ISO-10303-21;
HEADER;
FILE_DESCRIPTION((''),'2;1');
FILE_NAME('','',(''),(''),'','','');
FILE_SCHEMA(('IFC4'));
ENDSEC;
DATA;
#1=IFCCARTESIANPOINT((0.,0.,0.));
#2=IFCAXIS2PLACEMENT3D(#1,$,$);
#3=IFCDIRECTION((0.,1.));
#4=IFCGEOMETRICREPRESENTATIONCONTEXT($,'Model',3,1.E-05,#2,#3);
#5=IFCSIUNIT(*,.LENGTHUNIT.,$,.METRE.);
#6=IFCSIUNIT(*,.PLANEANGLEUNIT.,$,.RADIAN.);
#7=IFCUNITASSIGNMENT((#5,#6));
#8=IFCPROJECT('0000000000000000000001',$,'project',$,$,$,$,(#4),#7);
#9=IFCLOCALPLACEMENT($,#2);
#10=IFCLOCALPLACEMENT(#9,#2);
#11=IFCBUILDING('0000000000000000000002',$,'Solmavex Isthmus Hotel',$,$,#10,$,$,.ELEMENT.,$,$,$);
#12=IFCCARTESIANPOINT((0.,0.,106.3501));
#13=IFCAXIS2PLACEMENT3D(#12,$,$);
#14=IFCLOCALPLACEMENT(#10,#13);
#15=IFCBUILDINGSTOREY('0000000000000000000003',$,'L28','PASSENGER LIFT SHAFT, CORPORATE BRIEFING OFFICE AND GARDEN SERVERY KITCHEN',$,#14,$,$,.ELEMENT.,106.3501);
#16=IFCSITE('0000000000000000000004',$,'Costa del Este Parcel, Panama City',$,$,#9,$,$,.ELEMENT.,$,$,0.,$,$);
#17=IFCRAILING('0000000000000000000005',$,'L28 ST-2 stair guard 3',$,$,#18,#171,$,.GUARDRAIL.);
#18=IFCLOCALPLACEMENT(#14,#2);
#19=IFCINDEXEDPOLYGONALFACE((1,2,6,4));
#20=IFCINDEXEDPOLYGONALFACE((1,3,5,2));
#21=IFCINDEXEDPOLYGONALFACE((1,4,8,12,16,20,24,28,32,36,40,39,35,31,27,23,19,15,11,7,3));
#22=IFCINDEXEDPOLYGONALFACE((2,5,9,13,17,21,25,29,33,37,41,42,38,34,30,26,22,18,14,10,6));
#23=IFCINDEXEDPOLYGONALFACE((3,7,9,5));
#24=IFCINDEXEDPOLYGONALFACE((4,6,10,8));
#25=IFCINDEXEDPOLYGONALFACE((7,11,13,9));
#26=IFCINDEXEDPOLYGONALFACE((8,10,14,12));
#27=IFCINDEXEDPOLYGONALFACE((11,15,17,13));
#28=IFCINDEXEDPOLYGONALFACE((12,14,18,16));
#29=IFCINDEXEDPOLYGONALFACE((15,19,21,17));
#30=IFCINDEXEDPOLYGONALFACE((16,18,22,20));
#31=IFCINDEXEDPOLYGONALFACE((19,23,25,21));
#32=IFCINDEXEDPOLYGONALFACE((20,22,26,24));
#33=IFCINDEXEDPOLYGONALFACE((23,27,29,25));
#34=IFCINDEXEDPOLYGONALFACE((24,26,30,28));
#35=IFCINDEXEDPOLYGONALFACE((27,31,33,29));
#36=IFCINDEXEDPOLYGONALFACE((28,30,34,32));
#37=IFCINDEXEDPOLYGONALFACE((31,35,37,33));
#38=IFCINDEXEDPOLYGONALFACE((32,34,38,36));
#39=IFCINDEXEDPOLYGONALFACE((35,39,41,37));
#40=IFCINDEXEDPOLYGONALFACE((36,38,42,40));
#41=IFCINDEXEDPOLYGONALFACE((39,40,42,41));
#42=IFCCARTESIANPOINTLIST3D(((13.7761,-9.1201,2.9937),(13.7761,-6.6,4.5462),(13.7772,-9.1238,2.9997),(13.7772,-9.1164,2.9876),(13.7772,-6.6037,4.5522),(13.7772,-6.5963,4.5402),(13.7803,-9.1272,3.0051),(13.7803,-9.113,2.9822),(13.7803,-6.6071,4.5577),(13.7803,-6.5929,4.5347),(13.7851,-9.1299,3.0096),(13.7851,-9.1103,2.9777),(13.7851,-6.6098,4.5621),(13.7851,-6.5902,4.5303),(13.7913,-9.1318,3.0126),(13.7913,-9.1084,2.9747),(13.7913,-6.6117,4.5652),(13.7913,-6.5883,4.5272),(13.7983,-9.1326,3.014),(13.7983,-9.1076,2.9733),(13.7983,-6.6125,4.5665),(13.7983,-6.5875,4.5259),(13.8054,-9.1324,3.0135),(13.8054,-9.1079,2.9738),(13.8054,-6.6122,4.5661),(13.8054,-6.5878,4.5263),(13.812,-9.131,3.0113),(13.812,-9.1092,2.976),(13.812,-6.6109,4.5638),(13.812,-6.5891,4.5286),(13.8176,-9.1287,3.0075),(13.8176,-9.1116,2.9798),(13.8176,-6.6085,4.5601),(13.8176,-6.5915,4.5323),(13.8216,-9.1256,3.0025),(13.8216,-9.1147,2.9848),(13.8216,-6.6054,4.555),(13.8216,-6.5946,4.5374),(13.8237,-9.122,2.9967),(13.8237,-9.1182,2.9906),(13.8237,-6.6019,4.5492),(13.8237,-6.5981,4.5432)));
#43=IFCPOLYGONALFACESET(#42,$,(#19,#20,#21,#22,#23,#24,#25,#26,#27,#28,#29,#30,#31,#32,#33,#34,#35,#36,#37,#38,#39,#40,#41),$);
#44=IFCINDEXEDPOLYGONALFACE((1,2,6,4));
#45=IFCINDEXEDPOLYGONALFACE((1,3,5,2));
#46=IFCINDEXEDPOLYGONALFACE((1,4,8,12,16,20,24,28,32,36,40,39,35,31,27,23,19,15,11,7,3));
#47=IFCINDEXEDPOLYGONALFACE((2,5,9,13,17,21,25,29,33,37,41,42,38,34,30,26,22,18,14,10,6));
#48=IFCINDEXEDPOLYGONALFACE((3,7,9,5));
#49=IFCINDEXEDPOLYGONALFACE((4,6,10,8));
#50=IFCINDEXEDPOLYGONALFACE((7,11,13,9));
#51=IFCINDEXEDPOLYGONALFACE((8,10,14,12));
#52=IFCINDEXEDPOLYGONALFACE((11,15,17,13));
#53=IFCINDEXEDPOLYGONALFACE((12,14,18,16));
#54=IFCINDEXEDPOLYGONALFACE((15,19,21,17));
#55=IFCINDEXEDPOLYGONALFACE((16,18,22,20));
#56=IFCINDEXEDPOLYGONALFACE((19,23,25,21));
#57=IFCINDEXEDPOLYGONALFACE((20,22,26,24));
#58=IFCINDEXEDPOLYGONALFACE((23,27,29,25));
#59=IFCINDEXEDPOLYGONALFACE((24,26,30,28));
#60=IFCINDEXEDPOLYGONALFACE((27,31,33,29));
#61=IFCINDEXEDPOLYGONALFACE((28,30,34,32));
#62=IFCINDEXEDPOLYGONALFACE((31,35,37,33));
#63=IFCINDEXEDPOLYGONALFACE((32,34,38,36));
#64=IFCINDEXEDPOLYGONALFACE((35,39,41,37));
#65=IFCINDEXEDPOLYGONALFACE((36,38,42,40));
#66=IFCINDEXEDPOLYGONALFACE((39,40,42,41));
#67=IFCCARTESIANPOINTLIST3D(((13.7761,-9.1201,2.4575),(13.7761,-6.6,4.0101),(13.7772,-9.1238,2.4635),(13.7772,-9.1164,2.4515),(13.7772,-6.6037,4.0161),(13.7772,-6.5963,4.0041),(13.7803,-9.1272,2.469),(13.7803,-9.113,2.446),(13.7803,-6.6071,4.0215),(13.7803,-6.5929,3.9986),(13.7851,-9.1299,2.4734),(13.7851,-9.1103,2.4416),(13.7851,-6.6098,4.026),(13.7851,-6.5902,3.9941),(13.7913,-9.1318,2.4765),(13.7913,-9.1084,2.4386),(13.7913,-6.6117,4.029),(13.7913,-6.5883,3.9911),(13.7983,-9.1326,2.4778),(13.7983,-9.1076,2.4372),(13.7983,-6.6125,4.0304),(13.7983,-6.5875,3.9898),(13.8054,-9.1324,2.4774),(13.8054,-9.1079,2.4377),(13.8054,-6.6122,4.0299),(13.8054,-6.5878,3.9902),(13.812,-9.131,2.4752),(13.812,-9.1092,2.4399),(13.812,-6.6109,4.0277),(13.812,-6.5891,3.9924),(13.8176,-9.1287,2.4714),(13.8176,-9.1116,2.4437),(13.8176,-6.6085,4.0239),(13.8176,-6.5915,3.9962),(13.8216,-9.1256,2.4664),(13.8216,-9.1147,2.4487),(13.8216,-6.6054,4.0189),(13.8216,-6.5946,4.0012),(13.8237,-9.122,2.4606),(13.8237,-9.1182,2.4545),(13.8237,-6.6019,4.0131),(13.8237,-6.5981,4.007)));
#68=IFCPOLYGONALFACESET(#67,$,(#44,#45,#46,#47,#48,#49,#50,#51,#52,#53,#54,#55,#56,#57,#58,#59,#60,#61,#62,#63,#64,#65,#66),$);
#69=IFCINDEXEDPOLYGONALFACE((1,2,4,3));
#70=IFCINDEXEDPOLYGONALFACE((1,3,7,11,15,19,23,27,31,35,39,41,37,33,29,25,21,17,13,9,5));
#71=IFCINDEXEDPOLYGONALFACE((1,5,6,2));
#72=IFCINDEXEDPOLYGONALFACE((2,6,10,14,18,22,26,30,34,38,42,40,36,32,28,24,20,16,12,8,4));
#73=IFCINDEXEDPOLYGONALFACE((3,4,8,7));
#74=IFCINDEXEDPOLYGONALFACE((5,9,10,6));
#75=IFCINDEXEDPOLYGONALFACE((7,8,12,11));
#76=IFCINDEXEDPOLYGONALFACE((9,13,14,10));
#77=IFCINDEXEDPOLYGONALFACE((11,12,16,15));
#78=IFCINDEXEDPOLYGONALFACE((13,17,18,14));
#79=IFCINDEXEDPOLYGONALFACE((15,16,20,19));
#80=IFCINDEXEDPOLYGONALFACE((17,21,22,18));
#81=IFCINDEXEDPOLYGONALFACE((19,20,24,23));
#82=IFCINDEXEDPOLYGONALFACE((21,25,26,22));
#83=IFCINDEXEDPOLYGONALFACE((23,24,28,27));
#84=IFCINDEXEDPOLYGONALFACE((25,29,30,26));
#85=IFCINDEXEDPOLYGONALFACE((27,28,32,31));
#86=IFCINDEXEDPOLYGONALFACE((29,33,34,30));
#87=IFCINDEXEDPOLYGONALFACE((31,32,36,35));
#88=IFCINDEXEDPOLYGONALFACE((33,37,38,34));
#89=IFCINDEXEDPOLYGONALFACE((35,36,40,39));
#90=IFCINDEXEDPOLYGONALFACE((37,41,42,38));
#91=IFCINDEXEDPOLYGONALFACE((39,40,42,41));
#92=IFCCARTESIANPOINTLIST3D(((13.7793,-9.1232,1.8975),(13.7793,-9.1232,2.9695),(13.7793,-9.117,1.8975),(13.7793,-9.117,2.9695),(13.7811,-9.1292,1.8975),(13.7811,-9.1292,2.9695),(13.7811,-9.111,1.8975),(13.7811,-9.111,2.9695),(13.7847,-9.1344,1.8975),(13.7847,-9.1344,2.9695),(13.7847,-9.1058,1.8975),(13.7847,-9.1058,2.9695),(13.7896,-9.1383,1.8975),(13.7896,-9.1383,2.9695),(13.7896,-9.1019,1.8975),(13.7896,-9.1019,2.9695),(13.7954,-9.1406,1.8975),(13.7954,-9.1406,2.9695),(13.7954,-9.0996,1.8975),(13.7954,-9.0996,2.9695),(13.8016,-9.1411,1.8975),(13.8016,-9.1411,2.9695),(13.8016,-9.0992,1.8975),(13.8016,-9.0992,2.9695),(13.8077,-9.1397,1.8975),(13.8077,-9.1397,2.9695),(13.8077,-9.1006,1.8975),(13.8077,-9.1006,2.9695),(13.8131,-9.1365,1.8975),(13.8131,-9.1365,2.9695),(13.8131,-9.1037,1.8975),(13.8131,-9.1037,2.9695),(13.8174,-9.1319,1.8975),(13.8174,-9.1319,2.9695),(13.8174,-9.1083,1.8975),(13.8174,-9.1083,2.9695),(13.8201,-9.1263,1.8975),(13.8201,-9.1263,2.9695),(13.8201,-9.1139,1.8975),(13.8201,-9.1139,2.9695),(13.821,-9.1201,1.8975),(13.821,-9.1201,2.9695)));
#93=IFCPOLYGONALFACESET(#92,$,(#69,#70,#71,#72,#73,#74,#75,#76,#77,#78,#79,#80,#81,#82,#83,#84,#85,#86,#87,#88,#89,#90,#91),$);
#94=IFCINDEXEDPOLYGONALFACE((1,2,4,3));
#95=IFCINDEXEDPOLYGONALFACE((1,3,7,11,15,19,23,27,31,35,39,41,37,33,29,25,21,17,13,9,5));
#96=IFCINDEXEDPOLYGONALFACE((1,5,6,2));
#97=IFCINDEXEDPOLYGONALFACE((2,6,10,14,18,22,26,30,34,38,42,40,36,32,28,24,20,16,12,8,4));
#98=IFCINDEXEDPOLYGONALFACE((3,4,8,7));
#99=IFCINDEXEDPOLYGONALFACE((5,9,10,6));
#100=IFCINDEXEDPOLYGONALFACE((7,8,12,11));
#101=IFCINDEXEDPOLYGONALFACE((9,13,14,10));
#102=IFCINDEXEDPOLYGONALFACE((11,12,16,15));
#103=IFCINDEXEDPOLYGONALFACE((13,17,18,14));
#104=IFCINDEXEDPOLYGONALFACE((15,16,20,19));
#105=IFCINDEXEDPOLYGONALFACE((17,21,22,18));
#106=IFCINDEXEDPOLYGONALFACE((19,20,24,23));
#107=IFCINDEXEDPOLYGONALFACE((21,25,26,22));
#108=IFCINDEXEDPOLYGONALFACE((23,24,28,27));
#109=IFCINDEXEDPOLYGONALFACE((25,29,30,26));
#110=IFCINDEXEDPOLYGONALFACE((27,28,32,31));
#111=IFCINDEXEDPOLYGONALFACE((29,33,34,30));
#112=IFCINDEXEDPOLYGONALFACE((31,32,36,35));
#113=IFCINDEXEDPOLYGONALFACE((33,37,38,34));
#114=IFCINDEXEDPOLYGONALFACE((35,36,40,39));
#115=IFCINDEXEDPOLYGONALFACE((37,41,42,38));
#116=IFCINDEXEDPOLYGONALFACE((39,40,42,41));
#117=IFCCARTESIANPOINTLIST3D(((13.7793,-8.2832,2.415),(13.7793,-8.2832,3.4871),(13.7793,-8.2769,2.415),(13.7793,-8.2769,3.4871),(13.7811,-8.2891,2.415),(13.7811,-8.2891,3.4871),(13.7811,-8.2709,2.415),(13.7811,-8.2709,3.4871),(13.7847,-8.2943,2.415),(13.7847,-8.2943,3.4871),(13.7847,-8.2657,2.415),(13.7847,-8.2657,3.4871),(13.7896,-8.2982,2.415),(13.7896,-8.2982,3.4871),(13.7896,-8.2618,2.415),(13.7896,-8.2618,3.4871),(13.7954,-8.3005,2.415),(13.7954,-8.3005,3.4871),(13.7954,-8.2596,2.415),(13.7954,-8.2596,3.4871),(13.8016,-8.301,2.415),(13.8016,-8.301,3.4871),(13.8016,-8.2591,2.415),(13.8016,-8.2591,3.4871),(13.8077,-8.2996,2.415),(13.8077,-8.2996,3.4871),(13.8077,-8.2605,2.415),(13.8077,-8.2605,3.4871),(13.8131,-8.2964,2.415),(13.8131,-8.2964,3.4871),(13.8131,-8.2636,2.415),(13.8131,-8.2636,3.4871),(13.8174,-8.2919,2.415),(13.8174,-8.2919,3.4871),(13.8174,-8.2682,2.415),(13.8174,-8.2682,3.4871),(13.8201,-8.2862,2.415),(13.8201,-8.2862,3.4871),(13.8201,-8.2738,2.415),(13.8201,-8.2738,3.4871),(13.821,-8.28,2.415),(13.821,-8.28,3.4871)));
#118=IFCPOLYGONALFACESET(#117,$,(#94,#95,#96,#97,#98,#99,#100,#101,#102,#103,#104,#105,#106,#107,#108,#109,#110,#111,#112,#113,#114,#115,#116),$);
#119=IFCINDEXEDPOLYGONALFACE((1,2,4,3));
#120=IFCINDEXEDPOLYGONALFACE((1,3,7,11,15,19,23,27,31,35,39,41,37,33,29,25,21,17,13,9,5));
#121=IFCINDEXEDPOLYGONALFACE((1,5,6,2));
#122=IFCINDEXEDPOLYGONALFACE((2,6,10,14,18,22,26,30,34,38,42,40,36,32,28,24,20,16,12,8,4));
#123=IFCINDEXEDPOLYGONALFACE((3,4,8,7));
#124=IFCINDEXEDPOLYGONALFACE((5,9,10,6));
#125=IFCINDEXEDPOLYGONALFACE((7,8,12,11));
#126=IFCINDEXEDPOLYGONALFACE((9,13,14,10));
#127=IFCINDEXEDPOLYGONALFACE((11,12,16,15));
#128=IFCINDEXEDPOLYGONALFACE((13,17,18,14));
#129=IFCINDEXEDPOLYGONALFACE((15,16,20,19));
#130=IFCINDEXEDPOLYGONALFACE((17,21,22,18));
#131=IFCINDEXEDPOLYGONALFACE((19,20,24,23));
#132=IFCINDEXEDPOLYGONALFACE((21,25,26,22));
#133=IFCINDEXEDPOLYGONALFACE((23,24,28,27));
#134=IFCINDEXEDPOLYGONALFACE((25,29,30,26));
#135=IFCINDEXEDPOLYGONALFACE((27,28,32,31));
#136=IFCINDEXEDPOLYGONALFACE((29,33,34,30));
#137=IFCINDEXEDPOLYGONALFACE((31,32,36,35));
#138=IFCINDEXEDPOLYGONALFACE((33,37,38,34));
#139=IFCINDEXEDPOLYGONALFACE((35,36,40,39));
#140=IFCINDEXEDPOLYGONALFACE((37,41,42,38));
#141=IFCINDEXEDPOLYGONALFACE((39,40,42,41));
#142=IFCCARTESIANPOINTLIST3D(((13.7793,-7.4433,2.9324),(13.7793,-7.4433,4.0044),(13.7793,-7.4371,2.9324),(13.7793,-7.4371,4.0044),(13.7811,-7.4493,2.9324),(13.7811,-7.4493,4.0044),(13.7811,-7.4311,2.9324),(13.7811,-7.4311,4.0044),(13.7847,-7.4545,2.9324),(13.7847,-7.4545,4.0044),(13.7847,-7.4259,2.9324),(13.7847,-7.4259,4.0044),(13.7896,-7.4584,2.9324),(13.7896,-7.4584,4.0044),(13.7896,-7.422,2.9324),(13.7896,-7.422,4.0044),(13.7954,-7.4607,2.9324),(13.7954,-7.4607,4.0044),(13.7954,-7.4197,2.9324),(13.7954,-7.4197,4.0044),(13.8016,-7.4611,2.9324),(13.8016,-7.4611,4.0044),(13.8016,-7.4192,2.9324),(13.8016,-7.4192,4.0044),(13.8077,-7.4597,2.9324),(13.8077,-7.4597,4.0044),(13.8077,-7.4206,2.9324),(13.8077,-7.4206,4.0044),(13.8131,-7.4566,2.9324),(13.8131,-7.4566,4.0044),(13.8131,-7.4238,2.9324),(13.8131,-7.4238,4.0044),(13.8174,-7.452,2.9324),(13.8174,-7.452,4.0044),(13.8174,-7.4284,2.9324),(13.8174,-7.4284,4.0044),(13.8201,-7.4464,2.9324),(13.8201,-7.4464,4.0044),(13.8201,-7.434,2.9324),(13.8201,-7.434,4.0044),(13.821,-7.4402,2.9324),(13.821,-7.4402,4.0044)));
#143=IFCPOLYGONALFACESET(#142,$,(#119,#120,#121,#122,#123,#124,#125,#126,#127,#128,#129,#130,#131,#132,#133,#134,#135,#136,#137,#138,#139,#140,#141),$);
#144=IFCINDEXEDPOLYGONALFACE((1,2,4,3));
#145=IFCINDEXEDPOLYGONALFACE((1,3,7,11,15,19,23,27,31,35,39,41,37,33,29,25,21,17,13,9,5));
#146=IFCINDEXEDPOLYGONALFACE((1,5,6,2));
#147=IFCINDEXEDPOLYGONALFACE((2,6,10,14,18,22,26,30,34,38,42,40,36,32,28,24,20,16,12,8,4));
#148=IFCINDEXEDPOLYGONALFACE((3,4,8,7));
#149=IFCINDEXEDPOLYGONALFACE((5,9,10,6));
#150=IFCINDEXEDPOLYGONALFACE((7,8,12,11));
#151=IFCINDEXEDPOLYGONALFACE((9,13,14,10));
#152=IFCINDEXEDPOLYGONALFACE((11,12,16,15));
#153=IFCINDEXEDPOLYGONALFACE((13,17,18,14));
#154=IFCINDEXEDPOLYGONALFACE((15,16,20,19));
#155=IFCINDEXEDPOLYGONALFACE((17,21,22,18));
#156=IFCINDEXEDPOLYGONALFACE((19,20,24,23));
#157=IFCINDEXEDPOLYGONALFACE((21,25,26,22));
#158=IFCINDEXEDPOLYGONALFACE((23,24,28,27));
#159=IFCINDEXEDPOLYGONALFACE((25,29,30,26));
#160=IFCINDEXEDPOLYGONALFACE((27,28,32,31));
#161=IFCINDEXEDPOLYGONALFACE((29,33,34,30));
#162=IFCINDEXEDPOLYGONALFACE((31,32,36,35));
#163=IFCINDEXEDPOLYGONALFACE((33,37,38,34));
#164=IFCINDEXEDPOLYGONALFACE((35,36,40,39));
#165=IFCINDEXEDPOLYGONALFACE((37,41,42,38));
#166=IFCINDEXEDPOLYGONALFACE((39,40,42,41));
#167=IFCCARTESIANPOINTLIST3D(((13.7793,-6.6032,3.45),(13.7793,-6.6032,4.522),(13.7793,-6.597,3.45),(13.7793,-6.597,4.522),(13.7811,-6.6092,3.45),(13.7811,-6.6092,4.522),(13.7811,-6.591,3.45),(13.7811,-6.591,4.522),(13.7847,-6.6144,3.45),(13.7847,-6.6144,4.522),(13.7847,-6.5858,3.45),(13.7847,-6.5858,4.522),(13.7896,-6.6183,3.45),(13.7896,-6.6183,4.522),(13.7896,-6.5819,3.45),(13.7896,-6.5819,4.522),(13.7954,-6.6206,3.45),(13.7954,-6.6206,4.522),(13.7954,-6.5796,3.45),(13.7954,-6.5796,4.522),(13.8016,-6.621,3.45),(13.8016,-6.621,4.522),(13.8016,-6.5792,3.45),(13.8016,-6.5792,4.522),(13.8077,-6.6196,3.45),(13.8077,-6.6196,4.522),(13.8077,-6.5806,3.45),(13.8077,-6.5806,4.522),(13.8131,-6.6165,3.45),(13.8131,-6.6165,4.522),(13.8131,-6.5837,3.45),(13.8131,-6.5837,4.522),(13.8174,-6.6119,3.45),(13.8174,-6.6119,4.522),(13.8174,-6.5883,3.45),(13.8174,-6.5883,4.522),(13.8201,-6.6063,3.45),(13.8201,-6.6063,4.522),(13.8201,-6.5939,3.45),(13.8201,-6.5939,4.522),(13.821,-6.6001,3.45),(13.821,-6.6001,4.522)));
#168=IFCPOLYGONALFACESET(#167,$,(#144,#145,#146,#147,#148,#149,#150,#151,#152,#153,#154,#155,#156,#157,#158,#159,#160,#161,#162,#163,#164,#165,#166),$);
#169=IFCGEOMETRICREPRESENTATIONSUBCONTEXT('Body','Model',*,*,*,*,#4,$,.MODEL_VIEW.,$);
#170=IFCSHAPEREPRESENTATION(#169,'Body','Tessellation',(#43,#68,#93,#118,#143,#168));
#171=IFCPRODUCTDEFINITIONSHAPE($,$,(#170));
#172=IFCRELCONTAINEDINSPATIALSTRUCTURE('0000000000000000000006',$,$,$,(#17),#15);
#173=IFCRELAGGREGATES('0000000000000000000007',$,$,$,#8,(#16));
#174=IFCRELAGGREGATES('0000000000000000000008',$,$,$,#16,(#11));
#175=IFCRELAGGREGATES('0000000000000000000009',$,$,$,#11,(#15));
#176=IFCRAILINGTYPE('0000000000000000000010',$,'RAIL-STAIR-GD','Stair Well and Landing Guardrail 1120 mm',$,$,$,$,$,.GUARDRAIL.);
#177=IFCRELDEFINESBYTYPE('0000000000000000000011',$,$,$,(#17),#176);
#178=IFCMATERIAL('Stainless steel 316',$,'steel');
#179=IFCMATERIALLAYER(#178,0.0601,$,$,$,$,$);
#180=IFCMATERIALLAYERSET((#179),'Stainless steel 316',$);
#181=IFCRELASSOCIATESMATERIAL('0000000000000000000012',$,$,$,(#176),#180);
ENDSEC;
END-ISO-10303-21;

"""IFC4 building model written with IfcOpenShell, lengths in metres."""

from ifc_helpers import new_model, si_unit, direction, frame, origin, origin_2d, place, context, subcontext, project, spatial, circle, extrude, material, layer, layer_set, type_object, element, save


model = new_model("IFC4")

# Units and contexts
model_context = context("Model", 3, precision=1e-05, world=origin(), true_north=direction((0.0, 1.0)))
body_context = subcontext(model_context, "Body", "Model", "MODEL_VIEW")
ifc_project = project(units=[si_unit("LENGTHUNIT", "METRE"), si_unit("PLANEANGLEUNIT", "RADIAN")], contexts=[model_context])

# Site, building, storey
site_placement = place(None, origin())
site = spatial("IfcSite", under=ifc_project, at=site_placement, Name="Costa del Este Parcel, Panama City", CompositionType="ELEMENT", RefElevation=0.0)
building_placement = place(site_placement, origin())
building = spatial("IfcBuilding", under=site, at=building_placement, Name="Solmavex Isthmus Hotel", CompositionType="ELEMENT")
storey_placement = place(building_placement, frame((0.0, 0.0, 106.3501)))
storey = spatial("IfcBuildingStorey", under=building, at=storey_placement, Name="L28", Description="PASSENGER LIFT SHAFT, CORPORATE BRIEFING OFFICE AND GARDEN SERVERY KITCHEN", CompositionType="ELEMENT", Elevation=106.3501)

# Railing
ifc_material_1 = material(Name="Stainless steel 316", Category="steel")
ifc_layer_1 = layer(ifc_material_1, 0.0601)
ifc_layer_set_1 = layer_set([ifc_layer_1], Name="Stainless steel 316")
railing_type_1 = type_object("IfcRailingType", Name="RAIL-STAIR-GD", Description="Stair Well and Landing Guardrail 1120 mm", PredefinedType="GUARDRAIL", material=ifc_layer_set_1)
railing_1_placement = place(storey_placement, frame((13.8, -9.1201, 1.8975)))
element("IfcRailing", 1, at=railing_1_placement, inside=storey, type_object=railing_type_1, Name="L28 ST-2 stair guard 3", PredefinedType="GUARDRAIL", context=body_context, shape_type="SweptSolid", body=[
    extrude(circle(Radius=0.0239, at=origin_2d()), frame((0.0, 0.0, 1.0962), z_axis=(0.0, 0.8514, 0.524516), x_axis=(-1.0, 0.0, 0.0)), (0.0, 0.0, 1.0), 2.96),
    extrude(circle(Radius=0.0239, at=origin_2d()), frame((0.0, 0.0, 0.5601), z_axis=(0.0, 0.8514, 0.524516), x_axis=(-1.0, 0.0, 0.0)), (0.0, 0.0, 1.0), 2.96),
    extrude(circle(Radius=0.021, at=origin_2d()), origin(), (0.0, 0.0, 1.0), 1.072),
    extrude(circle(Radius=0.021, at=origin_2d()), frame((0.0, 0.8401, 0.5176)), (0.0, 0.0, 1.0), 1.072),
    extrude(circle(Radius=0.021, at=origin_2d()), frame((0.0, 1.6799, 1.0349)), (0.0, 0.0, 1.0), 1.072),
    extrude(circle(Radius=0.021, at=origin_2d()), frame((0.0, 2.52, 1.5525)), (0.0, 0.0, 1.0), 1.072),
])

save(model, "model.ifc")
